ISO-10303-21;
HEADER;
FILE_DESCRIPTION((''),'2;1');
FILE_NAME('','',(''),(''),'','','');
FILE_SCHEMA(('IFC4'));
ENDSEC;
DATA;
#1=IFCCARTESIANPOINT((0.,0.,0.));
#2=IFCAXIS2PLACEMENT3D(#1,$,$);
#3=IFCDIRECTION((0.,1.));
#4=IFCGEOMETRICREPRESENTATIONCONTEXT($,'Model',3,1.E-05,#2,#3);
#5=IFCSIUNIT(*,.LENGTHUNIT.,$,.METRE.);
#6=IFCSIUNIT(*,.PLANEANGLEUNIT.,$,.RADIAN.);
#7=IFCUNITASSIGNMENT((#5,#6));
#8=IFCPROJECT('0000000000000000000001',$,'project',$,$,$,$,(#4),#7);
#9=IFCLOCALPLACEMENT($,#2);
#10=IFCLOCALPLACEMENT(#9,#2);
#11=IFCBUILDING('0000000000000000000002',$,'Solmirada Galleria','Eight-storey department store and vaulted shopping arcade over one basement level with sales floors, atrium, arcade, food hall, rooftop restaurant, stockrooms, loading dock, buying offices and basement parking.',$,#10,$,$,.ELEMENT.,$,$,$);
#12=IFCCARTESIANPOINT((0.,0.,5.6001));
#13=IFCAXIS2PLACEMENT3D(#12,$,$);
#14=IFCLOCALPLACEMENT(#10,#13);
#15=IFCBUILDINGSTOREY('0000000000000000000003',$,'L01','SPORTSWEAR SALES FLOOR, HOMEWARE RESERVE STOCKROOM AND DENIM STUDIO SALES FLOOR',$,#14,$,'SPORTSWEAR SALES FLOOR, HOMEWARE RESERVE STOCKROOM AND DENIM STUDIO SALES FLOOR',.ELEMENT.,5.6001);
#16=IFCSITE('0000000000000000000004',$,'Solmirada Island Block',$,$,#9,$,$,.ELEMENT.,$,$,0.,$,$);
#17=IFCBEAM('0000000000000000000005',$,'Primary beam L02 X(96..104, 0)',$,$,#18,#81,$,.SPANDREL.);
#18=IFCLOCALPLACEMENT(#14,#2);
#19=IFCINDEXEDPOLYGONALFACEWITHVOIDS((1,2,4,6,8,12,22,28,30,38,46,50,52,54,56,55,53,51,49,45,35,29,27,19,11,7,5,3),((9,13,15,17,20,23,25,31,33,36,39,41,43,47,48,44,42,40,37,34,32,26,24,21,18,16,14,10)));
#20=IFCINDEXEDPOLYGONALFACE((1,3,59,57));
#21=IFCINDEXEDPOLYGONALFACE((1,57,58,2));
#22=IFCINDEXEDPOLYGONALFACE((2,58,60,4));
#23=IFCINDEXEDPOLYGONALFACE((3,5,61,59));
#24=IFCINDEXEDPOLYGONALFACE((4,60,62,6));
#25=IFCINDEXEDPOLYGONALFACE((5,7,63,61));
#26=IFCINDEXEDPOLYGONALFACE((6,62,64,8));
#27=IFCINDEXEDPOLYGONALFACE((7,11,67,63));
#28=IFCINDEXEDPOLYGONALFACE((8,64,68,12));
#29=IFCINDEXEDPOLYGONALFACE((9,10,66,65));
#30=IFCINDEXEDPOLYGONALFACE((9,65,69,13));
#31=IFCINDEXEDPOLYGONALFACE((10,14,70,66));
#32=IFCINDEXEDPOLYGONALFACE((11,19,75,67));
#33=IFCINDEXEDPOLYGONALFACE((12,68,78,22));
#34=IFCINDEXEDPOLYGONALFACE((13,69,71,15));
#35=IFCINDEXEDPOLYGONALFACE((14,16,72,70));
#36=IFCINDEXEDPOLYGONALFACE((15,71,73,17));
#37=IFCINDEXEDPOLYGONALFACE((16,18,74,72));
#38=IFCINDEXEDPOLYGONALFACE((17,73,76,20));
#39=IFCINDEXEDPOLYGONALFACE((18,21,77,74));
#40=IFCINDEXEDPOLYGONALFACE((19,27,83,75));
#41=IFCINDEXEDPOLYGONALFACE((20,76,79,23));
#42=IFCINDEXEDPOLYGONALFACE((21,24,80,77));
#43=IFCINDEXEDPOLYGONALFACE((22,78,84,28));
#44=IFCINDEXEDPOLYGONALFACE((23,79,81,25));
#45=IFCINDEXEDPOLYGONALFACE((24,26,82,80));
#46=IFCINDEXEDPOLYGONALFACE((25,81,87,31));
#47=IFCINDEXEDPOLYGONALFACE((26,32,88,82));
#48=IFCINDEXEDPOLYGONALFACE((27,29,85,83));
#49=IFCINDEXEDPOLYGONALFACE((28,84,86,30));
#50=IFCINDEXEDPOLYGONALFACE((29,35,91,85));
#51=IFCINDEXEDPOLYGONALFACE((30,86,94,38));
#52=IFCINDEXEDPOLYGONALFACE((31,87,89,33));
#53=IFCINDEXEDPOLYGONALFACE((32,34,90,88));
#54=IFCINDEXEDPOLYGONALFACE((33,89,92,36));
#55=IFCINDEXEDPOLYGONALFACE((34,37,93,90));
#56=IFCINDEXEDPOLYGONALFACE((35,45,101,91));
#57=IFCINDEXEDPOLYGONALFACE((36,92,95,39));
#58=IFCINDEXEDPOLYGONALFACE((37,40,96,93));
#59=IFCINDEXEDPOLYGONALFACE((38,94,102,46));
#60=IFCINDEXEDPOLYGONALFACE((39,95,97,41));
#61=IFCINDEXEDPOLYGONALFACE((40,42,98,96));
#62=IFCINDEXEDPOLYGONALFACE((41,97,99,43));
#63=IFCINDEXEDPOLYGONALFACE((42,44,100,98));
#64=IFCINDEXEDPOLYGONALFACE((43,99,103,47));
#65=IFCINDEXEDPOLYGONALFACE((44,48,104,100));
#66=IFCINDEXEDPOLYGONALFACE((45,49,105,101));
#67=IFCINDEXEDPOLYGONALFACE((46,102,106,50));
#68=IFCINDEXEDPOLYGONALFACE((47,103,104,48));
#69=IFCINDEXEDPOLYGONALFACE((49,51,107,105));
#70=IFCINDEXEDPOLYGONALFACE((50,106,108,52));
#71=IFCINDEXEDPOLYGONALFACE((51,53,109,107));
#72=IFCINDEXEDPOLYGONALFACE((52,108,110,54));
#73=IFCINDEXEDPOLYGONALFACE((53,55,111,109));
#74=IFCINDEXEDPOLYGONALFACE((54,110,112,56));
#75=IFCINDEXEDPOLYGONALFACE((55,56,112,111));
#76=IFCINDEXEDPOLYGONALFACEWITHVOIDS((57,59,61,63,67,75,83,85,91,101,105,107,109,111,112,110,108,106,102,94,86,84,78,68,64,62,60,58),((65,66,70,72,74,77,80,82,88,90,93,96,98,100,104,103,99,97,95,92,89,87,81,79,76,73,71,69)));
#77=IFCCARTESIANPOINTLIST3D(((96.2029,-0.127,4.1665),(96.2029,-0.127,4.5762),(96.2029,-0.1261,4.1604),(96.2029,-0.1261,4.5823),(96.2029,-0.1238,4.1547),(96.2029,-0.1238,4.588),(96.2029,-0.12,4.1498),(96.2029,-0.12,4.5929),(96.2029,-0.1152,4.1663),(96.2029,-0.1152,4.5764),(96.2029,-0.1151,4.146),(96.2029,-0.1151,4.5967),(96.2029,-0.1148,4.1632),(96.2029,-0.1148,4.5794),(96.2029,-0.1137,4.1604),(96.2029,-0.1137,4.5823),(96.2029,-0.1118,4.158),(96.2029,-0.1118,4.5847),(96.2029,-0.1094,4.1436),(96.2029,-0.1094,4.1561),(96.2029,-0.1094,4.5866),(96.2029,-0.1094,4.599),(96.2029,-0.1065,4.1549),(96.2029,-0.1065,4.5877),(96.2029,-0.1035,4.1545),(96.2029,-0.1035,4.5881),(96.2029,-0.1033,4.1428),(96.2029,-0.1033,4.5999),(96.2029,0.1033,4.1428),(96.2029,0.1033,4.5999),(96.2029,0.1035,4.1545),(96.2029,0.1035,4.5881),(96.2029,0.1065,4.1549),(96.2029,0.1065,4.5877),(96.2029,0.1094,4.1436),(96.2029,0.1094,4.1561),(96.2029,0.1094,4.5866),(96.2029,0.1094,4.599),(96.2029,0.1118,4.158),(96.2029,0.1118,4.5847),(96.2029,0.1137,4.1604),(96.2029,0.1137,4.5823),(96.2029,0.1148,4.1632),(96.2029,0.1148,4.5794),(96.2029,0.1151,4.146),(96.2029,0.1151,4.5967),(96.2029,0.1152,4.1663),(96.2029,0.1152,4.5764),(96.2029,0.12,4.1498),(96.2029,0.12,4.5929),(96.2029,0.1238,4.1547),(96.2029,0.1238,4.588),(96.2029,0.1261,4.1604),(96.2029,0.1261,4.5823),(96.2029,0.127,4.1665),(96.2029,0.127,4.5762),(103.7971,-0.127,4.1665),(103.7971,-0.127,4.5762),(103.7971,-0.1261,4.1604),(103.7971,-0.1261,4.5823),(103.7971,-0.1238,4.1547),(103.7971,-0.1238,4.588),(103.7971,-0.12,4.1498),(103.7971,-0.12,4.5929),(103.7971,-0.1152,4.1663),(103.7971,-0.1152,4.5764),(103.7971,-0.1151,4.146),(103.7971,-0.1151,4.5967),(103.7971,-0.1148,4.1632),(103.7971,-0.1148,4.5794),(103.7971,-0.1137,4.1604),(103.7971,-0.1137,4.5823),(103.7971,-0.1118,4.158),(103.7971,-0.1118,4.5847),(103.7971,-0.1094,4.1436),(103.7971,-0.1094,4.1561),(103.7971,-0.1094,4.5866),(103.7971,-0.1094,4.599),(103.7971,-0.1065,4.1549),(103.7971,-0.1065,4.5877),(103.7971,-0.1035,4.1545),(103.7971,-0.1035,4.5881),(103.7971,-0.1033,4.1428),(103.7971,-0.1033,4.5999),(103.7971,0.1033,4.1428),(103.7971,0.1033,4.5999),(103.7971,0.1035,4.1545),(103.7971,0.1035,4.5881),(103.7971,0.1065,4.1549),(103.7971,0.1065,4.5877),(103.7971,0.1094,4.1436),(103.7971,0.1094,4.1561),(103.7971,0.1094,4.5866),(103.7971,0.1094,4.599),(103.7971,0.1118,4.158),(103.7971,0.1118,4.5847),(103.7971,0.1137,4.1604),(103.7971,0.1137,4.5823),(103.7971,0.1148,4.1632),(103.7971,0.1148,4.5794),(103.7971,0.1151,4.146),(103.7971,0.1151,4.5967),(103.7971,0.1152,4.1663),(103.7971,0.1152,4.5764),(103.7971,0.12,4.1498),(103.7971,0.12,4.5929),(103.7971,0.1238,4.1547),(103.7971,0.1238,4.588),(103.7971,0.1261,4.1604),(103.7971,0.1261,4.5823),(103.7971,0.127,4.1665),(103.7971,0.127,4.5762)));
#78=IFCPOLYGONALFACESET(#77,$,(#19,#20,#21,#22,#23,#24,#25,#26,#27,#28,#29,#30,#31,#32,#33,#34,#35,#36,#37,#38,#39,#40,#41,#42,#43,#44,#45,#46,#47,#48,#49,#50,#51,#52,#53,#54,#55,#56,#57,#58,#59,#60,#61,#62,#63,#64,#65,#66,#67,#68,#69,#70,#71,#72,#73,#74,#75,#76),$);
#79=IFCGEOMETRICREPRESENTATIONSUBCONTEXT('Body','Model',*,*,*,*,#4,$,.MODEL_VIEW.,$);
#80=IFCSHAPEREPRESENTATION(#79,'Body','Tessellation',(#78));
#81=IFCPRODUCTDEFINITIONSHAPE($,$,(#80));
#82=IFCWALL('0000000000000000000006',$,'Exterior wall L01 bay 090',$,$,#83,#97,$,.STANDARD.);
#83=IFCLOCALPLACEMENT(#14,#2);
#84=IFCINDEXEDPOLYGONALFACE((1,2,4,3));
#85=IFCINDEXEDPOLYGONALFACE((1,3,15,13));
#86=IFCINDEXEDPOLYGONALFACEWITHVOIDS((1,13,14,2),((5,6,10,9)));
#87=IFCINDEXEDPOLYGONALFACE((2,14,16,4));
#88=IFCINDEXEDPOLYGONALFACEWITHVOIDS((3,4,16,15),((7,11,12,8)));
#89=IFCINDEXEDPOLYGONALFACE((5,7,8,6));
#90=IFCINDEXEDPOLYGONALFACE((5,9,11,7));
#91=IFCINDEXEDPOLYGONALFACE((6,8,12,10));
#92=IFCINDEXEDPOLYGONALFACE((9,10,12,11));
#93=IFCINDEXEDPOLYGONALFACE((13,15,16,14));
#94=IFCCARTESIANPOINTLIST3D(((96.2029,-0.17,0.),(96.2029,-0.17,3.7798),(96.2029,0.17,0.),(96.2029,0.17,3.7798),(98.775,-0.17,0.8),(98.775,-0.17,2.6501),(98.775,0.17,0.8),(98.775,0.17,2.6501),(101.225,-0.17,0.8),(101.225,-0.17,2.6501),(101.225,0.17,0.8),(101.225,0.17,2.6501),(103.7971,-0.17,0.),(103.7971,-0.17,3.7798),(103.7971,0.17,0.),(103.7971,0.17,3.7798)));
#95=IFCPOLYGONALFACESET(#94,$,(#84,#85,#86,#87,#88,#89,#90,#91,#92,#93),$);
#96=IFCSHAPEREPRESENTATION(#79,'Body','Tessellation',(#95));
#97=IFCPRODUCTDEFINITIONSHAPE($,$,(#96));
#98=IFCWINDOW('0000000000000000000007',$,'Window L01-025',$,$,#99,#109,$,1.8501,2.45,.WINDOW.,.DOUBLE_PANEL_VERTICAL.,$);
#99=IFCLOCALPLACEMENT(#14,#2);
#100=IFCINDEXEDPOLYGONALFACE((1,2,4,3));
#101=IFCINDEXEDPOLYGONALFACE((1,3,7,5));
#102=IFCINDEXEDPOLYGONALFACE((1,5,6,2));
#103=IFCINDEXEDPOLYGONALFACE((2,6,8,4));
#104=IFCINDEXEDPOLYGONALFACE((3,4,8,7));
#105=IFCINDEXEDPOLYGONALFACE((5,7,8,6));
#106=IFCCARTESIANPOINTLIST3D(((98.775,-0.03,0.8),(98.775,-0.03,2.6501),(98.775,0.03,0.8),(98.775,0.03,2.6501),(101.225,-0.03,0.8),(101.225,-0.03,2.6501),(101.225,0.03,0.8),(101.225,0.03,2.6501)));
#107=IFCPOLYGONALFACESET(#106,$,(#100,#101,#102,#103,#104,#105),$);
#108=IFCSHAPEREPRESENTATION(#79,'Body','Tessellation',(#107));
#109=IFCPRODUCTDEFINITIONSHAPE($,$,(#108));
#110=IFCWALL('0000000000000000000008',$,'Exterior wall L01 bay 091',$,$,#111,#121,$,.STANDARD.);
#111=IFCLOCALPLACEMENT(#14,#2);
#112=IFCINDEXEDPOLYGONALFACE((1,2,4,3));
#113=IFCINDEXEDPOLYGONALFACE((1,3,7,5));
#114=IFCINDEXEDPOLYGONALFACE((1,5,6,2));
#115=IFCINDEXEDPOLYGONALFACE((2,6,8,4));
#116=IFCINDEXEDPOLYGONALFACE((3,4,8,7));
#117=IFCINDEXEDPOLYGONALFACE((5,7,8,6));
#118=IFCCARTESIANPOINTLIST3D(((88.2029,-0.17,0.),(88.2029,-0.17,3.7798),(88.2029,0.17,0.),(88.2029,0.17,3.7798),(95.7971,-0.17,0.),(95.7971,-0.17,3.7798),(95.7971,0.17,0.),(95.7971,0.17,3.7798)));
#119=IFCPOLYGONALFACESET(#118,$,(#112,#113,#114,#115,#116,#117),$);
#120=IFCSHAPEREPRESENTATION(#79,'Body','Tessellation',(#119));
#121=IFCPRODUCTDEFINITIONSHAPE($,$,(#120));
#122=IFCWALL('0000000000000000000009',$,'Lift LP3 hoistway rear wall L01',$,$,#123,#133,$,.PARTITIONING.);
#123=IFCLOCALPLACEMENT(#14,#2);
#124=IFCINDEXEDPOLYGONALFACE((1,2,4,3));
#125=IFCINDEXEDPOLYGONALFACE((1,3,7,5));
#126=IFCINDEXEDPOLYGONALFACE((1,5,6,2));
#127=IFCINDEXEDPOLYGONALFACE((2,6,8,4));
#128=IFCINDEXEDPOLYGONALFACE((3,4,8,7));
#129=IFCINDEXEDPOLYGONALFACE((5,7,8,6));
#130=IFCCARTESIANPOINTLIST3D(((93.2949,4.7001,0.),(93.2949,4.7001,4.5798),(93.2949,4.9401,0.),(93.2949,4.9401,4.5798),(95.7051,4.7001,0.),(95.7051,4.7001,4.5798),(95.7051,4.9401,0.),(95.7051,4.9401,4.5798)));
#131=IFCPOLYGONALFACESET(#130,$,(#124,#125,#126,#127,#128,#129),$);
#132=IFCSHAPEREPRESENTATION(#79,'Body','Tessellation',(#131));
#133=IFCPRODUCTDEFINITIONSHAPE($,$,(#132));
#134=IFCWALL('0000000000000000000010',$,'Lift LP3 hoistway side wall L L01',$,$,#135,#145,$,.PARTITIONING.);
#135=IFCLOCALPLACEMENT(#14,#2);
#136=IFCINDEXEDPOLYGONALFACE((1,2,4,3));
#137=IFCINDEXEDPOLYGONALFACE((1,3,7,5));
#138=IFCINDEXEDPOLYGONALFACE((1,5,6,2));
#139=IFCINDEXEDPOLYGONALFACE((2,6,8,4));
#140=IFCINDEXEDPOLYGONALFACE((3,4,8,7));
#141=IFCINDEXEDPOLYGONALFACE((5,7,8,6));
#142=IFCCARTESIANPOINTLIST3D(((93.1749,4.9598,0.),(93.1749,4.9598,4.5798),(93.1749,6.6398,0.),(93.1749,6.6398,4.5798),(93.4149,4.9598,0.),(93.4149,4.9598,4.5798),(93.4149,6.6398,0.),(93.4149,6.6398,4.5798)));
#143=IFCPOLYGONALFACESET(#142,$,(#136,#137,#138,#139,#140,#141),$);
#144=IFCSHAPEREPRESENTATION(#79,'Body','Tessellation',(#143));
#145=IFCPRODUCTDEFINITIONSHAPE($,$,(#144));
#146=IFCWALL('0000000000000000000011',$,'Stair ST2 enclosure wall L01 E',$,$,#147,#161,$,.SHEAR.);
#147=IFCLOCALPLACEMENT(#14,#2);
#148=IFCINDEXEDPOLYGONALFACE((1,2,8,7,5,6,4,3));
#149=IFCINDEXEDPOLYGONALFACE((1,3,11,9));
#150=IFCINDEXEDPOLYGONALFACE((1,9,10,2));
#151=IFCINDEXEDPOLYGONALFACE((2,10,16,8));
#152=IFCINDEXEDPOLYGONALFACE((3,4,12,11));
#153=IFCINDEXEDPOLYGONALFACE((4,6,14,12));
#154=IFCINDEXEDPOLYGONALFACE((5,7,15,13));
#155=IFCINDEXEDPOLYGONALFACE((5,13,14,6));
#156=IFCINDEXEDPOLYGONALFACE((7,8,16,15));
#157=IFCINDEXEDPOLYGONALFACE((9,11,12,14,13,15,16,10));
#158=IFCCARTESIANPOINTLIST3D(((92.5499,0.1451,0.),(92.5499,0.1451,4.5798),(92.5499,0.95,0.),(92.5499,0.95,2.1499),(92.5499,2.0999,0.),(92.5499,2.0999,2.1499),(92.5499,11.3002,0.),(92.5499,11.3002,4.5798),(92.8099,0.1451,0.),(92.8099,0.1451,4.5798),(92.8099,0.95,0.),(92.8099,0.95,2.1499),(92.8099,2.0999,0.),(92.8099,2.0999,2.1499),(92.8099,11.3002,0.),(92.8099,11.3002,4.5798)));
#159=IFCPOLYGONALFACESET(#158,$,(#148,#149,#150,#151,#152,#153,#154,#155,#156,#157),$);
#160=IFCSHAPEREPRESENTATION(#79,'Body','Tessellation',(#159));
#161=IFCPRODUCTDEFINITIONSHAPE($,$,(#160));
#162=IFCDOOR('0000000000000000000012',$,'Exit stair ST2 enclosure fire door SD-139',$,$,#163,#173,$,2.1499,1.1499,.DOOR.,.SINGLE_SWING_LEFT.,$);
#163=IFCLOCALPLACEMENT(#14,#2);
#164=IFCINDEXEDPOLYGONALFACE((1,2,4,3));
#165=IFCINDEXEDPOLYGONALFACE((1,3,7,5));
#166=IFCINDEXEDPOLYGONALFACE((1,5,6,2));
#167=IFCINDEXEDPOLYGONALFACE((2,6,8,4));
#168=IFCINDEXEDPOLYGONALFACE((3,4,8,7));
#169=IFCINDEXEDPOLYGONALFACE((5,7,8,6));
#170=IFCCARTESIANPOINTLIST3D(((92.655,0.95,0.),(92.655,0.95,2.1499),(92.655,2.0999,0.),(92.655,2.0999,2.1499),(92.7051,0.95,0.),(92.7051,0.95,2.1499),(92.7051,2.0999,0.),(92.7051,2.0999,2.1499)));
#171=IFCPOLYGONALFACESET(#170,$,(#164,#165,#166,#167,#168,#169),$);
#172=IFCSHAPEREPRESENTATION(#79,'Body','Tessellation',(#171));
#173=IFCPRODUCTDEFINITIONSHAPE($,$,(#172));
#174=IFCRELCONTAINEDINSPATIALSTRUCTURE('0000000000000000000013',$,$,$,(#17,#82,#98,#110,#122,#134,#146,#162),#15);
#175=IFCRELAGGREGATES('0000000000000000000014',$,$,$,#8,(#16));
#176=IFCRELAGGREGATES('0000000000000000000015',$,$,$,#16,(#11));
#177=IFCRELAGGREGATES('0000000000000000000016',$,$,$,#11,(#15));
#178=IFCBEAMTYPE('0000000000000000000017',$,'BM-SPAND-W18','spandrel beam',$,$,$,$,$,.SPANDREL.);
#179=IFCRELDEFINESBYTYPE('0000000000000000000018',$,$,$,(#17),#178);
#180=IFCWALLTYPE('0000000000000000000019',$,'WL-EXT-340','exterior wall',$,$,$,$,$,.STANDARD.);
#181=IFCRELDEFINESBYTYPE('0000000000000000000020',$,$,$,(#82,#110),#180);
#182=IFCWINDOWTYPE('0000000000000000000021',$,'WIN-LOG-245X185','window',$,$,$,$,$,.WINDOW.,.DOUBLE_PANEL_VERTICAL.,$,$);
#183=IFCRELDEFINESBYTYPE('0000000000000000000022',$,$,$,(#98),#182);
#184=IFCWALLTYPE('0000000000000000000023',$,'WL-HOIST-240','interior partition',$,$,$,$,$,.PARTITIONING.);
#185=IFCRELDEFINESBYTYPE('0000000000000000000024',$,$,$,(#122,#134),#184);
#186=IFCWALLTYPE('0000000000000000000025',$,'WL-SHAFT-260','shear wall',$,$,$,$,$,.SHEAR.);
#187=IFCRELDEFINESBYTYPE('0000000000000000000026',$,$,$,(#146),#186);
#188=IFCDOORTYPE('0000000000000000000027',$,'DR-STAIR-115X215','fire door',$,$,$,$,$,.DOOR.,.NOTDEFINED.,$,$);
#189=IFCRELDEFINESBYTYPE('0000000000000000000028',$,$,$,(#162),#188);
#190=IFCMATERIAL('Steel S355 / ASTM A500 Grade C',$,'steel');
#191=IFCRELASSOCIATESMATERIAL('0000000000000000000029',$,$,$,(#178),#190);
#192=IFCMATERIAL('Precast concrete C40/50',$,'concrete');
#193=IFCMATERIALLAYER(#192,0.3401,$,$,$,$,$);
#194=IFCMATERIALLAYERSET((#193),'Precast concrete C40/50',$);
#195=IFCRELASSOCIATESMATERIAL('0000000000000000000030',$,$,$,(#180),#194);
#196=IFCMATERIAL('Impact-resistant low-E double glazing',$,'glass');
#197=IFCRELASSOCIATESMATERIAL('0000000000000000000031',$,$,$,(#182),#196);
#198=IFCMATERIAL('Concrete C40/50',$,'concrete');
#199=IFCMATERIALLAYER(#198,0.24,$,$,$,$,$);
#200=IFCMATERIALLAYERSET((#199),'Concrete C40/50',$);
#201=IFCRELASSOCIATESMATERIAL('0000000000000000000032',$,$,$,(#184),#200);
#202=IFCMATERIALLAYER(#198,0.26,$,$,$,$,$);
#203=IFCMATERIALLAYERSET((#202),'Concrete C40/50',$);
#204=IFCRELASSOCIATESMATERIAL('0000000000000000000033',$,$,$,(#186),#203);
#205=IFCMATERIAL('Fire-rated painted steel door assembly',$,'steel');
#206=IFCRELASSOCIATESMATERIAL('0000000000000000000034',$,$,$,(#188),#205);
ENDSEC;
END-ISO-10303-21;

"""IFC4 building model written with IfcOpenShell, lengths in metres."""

from ifc_helpers import new_model, si_unit, direction, frame, frame_2d, origin, origin_2d, place, context, subcontext, project, spatial, rectangle, hollow_rectangle, extrude, material, layer, layer_set, material_profile, profile_set, type_object, element, fill, save


model = new_model("IFC4")

# Units and contexts
model_context = context("Model", 3, precision=1e-05, world=origin(), true_north=direction((0.0, 1.0)))
body_context = subcontext(model_context, "Body", "Model", "MODEL_VIEW")
ifc_project = project(units=[si_unit("LENGTHUNIT", "METRE"), si_unit("PLANEANGLEUNIT", "RADIAN")], contexts=[model_context])

# Site, building, storey
site_placement = place(None, origin())
site = spatial("IfcSite", under=ifc_project, at=site_placement, Name="Solmirada Island Block", CompositionType="ELEMENT", RefElevation=0.0)
building_placement = place(site_placement, origin())
building = spatial("IfcBuilding", under=site, at=building_placement, Name="Solmirada Galleria", Description="Eight-storey department store and vaulted shopping arcade over one basement level with sales floors, atrium, arcade, food hall, rooftop restaurant, stockrooms, loading dock, buying offices and basement parking.", CompositionType="ELEMENT")
storey_placement = place(building_placement, frame((0.0, 0.0, 5.6001)))
storey = spatial("IfcBuildingStorey", under=building, at=storey_placement, Name="L01", Description="SPORTSWEAR SALES FLOOR, HOMEWARE RESERVE STOCKROOM AND DENIM STUDIO SALES FLOOR", LongName="SPORTSWEAR SALES FLOOR, HOMEWARE RESERVE STOCKROOM AND DENIM STUDIO SALES FLOOR", CompositionType="ELEMENT", Elevation=5.6001)

# Shared definitions
ifc_material_1 = material(Name="Steel S355 / ASTM A500 Grade C", Category="steel")
ifc_material_2 = material(Name="Concrete C40/50", Category="concrete")

# Beam
ifc_material_profile_1 = material_profile(ifc_material_1, hollow_rectangle(XDim=0.2539, YDim=0.457, WallThickness=0.0117, InnerFilletRadius=0.0117, OuterFilletRadius=0.0237, at=origin_2d()), Name="HSS18X10X1/2")
ifc_profile_set_1 = profile_set([ifc_material_profile_1], Name="Steel S355 / ASTM A500 Grade C")
beam_type_1 = type_object("IfcBeamType", Name="BM-SPAND-W18", Description="spandrel beam", PredefinedType="SPANDREL", material=ifc_profile_set_1)
beam_1_placement = place(storey_placement, frame((96.2029, 0.0, 4.3713), z_axis=(1.0, 0.0, 0.0), x_axis=(0.0, 1.0, 0.0)))
element("IfcBeam", 1, at=beam_1_placement, inside=storey, type_object=beam_type_1, Name="Primary beam L02 X(96..104, 0)", PredefinedType="SPANDREL", context=body_context, shape_type="SweptSolid", body=[
    extrude(hollow_rectangle(XDim=0.2539, YDim=0.457, WallThickness=0.0117, InnerFilletRadius=0.0117, OuterFilletRadius=0.0237, at=origin_2d()), origin(), (0.0, 0.0, 1.0), 7.5942),
])

# Shared definitions
ifc_material_3 = material(Name="Fire-rated painted steel door assembly", Category="steel")

# Wall, opening, window
ifc_material_4 = material(Name="Precast concrete C40/50", Category="concrete")
ifc_layer_1 = layer(ifc_material_4, 0.3401)
ifc_layer_set_1 = layer_set([ifc_layer_1], Name="Precast concrete C40/50")
wall_type_1 = type_object("IfcWallType", Name="WL-EXT-340", Description="exterior wall", PredefinedType="STANDARD", material=ifc_layer_set_1)
wall_1_placement = place(storey_placement, frame((103.7971, 0.0, 0.0), z_axis=(0.0, 0.0, 1.0), x_axis=(-1.0, 0.0, 0.0)))
wall_1 = element("IfcWall", 2, at=wall_1_placement, inside=storey, type_object=wall_type_1, Name="Exterior wall L01 bay 090", PredefinedType="STANDARD", context=body_context, shape_type="SweptSolid", body=[
    extrude(rectangle(XDim=7.5942, YDim=0.3401, at=frame_2d((3.7971, 0.0))), origin(), (0.0, 0.0, 1.0), 3.7798),
])
opening_1_placement = place(wall_1_placement, frame((2.572, 0.0, 0.8)))
opening_1 = element("IfcOpeningElement", 3, at=opening_1_placement, cuts=wall_1, PredefinedType="OPENING", context=body_context, shape_type="SweptSolid", body=[
    extrude(rectangle(XDim=2.45, YDim=1.8501, at=frame_2d((1.2251, 0.925))), frame((0.0, 0.1799, 0.0), z_axis=(0.0, -1.0, 0.0), x_axis=(1.0, 0.0, 0.0)), (0.0, 0.0, 1.0), 0.3601),
])
ifc_material_5 = material(Name="Impact-resistant low-E double glazing", Category="glass")
window_type = type_object("IfcWindowType", Name="WIN-LOG-245X185", Description="window", PartitioningType="DOUBLE_PANEL_VERTICAL", PredefinedType="WINDOW", material=ifc_material_5)
window_placement = place(opening_1_placement, origin())
window = element("IfcWindow", 4, at=window_placement, inside=storey, type_object=window_type, Name="Window L01-025", OverallHeight=1.8501, OverallWidth=2.45, PartitioningType="DOUBLE_PANEL_VERTICAL", PredefinedType="WINDOW", context=body_context, shape_type="SweptSolid", body=[
    extrude(rectangle(XDim=2.45, YDim=1.8501, at=frame_2d((1.2251, 0.925))), frame((0.0, 0.03, 0.0), z_axis=(0.0, -1.0, 0.0), x_axis=(1.0, 0.0, 0.0)), (0.0, 0.0, 1.0), 0.0601),
])
fill(opening_1, window)

# Wall
wall_2_placement = place(storey_placement, frame((95.7971, 0.0, 0.0), z_axis=(0.0, 0.0, 1.0), x_axis=(-1.0, 0.0, 0.0)))
element("IfcWall", 5, at=wall_2_placement, inside=storey, type_object=wall_type_1, Name="Exterior wall L01 bay 091", PredefinedType="STANDARD", context=body_context, shape_type="SweptSolid", body=[
    extrude(rectangle(XDim=7.5942, YDim=0.3401, at=frame_2d((3.7971, 0.0))), origin(), (0.0, 0.0, 1.0), 3.7798),
])

# Shared definitions
ifc_layer_2 = layer(ifc_material_2, 0.24)
ifc_layer_set_2 = layer_set([ifc_layer_2], Name="Concrete C40/50")
wall_type_2 = type_object("IfcWallType", Name="WL-HOIST-240", Description="interior partition", PredefinedType="PARTITIONING", material=ifc_layer_set_2)

# Walls
wall_3_placement = place(storey_placement, frame((93.2949, 4.8201, 0.0), z_axis=(0.0, 0.0, 1.0), x_axis=(1.0, 0.0, 0.0)))
element("IfcWall", 6, at=wall_3_placement, inside=storey, type_object=wall_type_2, Name="Lift LP3 hoistway rear wall L01", PredefinedType="PARTITIONING", context=body_context, shape_type="SweptSolid", body=[
    extrude(rectangle(XDim=2.4102, YDim=0.24, at=frame_2d((1.2051, 0.0))), origin(), (0.0, 0.0, 1.0), 4.5798),
])
wall_4_placement = place(storey_placement, frame((93.2949, 4.96, 0.0), z_axis=(0.0, 0.0, 1.0), x_axis=(0.0, 1.0, 0.0)))
element("IfcWall", 7, at=wall_4_placement, inside=storey, type_object=wall_type_2, Name="Lift LP3 hoistway side wall L L01", PredefinedType="PARTITIONING", context=body_context, shape_type="SweptSolid", body=[
    extrude(rectangle(XDim=1.6799, YDim=0.24, at=frame_2d((0.8398, 0.0))), origin(), (0.0, 0.0, 1.0), 4.5798),
])

# Wall, opening, door
ifc_layer_3 = layer(ifc_material_2, 0.26)
ifc_layer_set_3 = layer_set([ifc_layer_3], Name="Concrete C40/50")
wall_type_3 = type_object("IfcWallType", Name="WL-SHAFT-260", Description="shear wall", PredefinedType="SHEAR", material=ifc_layer_set_3)
wall_5_placement = place(storey_placement, frame((92.6799, 0.145, 0.0), z_axis=(0.0, 0.0, 1.0), x_axis=(0.0, 1.0, 0.0)))
wall_5 = element("IfcWall", 8, at=wall_5_placement, inside=storey, type_object=wall_type_3, Name="Stair ST2 enclosure wall L01 E", PredefinedType="SHEAR", context=body_context, shape_type="SweptSolid", body=[
    extrude(rectangle(XDim=11.155, YDim=0.26, at=frame_2d((5.5776, 0.0))), origin(), (0.0, 0.0, 1.0), 4.5798),
])
opening_2_placement = place(wall_5_placement, frame((0.8049, 0.0, 0.0)))
opening_2 = element("IfcOpeningElement", 9, at=opening_2_placement, cuts=wall_5, PredefinedType="OPENING", context=body_context, shape_type="SweptSolid", body=[
    extrude(rectangle(XDim=1.1499, YDim=2.1499, at=frame_2d((0.575, 1.075))), frame((0.0, 0.1399, 0.0), z_axis=(0.0, -1.0, 0.0), x_axis=(1.0, 0.0, 0.0)), (0.0, 0.0, 1.0), 0.28),
])
door_type_1 = type_object("IfcDoorType", Name="DR-STAIR-115X215", Description="fire door", OperationType="NOTDEFINED", PredefinedType="DOOR", material=ifc_material_3)
door_1_placement = place(opening_2_placement, origin())
door_1 = element("IfcDoor", 10, at=door_1_placement, inside=storey, type_object=door_type_1, Name="Exit stair ST2 enclosure fire door SD-139", OperationType="SINGLE_SWING_LEFT", OverallHeight=2.1499, OverallWidth=1.1499, PredefinedType="DOOR", context=body_context, shape_type="SweptSolid", body=[
    extrude(rectangle(XDim=1.1499, YDim=2.1499, at=frame_2d((0.575, 1.075))), frame((0.0, 0.0249, 0.0), z_axis=(0.0, -1.0, 0.0), x_axis=(1.0, 0.0, 0.0)), (0.0, 0.0, 1.0), 0.05),
])
fill(opening_2, door_1)

save(model, "model.ifc")
